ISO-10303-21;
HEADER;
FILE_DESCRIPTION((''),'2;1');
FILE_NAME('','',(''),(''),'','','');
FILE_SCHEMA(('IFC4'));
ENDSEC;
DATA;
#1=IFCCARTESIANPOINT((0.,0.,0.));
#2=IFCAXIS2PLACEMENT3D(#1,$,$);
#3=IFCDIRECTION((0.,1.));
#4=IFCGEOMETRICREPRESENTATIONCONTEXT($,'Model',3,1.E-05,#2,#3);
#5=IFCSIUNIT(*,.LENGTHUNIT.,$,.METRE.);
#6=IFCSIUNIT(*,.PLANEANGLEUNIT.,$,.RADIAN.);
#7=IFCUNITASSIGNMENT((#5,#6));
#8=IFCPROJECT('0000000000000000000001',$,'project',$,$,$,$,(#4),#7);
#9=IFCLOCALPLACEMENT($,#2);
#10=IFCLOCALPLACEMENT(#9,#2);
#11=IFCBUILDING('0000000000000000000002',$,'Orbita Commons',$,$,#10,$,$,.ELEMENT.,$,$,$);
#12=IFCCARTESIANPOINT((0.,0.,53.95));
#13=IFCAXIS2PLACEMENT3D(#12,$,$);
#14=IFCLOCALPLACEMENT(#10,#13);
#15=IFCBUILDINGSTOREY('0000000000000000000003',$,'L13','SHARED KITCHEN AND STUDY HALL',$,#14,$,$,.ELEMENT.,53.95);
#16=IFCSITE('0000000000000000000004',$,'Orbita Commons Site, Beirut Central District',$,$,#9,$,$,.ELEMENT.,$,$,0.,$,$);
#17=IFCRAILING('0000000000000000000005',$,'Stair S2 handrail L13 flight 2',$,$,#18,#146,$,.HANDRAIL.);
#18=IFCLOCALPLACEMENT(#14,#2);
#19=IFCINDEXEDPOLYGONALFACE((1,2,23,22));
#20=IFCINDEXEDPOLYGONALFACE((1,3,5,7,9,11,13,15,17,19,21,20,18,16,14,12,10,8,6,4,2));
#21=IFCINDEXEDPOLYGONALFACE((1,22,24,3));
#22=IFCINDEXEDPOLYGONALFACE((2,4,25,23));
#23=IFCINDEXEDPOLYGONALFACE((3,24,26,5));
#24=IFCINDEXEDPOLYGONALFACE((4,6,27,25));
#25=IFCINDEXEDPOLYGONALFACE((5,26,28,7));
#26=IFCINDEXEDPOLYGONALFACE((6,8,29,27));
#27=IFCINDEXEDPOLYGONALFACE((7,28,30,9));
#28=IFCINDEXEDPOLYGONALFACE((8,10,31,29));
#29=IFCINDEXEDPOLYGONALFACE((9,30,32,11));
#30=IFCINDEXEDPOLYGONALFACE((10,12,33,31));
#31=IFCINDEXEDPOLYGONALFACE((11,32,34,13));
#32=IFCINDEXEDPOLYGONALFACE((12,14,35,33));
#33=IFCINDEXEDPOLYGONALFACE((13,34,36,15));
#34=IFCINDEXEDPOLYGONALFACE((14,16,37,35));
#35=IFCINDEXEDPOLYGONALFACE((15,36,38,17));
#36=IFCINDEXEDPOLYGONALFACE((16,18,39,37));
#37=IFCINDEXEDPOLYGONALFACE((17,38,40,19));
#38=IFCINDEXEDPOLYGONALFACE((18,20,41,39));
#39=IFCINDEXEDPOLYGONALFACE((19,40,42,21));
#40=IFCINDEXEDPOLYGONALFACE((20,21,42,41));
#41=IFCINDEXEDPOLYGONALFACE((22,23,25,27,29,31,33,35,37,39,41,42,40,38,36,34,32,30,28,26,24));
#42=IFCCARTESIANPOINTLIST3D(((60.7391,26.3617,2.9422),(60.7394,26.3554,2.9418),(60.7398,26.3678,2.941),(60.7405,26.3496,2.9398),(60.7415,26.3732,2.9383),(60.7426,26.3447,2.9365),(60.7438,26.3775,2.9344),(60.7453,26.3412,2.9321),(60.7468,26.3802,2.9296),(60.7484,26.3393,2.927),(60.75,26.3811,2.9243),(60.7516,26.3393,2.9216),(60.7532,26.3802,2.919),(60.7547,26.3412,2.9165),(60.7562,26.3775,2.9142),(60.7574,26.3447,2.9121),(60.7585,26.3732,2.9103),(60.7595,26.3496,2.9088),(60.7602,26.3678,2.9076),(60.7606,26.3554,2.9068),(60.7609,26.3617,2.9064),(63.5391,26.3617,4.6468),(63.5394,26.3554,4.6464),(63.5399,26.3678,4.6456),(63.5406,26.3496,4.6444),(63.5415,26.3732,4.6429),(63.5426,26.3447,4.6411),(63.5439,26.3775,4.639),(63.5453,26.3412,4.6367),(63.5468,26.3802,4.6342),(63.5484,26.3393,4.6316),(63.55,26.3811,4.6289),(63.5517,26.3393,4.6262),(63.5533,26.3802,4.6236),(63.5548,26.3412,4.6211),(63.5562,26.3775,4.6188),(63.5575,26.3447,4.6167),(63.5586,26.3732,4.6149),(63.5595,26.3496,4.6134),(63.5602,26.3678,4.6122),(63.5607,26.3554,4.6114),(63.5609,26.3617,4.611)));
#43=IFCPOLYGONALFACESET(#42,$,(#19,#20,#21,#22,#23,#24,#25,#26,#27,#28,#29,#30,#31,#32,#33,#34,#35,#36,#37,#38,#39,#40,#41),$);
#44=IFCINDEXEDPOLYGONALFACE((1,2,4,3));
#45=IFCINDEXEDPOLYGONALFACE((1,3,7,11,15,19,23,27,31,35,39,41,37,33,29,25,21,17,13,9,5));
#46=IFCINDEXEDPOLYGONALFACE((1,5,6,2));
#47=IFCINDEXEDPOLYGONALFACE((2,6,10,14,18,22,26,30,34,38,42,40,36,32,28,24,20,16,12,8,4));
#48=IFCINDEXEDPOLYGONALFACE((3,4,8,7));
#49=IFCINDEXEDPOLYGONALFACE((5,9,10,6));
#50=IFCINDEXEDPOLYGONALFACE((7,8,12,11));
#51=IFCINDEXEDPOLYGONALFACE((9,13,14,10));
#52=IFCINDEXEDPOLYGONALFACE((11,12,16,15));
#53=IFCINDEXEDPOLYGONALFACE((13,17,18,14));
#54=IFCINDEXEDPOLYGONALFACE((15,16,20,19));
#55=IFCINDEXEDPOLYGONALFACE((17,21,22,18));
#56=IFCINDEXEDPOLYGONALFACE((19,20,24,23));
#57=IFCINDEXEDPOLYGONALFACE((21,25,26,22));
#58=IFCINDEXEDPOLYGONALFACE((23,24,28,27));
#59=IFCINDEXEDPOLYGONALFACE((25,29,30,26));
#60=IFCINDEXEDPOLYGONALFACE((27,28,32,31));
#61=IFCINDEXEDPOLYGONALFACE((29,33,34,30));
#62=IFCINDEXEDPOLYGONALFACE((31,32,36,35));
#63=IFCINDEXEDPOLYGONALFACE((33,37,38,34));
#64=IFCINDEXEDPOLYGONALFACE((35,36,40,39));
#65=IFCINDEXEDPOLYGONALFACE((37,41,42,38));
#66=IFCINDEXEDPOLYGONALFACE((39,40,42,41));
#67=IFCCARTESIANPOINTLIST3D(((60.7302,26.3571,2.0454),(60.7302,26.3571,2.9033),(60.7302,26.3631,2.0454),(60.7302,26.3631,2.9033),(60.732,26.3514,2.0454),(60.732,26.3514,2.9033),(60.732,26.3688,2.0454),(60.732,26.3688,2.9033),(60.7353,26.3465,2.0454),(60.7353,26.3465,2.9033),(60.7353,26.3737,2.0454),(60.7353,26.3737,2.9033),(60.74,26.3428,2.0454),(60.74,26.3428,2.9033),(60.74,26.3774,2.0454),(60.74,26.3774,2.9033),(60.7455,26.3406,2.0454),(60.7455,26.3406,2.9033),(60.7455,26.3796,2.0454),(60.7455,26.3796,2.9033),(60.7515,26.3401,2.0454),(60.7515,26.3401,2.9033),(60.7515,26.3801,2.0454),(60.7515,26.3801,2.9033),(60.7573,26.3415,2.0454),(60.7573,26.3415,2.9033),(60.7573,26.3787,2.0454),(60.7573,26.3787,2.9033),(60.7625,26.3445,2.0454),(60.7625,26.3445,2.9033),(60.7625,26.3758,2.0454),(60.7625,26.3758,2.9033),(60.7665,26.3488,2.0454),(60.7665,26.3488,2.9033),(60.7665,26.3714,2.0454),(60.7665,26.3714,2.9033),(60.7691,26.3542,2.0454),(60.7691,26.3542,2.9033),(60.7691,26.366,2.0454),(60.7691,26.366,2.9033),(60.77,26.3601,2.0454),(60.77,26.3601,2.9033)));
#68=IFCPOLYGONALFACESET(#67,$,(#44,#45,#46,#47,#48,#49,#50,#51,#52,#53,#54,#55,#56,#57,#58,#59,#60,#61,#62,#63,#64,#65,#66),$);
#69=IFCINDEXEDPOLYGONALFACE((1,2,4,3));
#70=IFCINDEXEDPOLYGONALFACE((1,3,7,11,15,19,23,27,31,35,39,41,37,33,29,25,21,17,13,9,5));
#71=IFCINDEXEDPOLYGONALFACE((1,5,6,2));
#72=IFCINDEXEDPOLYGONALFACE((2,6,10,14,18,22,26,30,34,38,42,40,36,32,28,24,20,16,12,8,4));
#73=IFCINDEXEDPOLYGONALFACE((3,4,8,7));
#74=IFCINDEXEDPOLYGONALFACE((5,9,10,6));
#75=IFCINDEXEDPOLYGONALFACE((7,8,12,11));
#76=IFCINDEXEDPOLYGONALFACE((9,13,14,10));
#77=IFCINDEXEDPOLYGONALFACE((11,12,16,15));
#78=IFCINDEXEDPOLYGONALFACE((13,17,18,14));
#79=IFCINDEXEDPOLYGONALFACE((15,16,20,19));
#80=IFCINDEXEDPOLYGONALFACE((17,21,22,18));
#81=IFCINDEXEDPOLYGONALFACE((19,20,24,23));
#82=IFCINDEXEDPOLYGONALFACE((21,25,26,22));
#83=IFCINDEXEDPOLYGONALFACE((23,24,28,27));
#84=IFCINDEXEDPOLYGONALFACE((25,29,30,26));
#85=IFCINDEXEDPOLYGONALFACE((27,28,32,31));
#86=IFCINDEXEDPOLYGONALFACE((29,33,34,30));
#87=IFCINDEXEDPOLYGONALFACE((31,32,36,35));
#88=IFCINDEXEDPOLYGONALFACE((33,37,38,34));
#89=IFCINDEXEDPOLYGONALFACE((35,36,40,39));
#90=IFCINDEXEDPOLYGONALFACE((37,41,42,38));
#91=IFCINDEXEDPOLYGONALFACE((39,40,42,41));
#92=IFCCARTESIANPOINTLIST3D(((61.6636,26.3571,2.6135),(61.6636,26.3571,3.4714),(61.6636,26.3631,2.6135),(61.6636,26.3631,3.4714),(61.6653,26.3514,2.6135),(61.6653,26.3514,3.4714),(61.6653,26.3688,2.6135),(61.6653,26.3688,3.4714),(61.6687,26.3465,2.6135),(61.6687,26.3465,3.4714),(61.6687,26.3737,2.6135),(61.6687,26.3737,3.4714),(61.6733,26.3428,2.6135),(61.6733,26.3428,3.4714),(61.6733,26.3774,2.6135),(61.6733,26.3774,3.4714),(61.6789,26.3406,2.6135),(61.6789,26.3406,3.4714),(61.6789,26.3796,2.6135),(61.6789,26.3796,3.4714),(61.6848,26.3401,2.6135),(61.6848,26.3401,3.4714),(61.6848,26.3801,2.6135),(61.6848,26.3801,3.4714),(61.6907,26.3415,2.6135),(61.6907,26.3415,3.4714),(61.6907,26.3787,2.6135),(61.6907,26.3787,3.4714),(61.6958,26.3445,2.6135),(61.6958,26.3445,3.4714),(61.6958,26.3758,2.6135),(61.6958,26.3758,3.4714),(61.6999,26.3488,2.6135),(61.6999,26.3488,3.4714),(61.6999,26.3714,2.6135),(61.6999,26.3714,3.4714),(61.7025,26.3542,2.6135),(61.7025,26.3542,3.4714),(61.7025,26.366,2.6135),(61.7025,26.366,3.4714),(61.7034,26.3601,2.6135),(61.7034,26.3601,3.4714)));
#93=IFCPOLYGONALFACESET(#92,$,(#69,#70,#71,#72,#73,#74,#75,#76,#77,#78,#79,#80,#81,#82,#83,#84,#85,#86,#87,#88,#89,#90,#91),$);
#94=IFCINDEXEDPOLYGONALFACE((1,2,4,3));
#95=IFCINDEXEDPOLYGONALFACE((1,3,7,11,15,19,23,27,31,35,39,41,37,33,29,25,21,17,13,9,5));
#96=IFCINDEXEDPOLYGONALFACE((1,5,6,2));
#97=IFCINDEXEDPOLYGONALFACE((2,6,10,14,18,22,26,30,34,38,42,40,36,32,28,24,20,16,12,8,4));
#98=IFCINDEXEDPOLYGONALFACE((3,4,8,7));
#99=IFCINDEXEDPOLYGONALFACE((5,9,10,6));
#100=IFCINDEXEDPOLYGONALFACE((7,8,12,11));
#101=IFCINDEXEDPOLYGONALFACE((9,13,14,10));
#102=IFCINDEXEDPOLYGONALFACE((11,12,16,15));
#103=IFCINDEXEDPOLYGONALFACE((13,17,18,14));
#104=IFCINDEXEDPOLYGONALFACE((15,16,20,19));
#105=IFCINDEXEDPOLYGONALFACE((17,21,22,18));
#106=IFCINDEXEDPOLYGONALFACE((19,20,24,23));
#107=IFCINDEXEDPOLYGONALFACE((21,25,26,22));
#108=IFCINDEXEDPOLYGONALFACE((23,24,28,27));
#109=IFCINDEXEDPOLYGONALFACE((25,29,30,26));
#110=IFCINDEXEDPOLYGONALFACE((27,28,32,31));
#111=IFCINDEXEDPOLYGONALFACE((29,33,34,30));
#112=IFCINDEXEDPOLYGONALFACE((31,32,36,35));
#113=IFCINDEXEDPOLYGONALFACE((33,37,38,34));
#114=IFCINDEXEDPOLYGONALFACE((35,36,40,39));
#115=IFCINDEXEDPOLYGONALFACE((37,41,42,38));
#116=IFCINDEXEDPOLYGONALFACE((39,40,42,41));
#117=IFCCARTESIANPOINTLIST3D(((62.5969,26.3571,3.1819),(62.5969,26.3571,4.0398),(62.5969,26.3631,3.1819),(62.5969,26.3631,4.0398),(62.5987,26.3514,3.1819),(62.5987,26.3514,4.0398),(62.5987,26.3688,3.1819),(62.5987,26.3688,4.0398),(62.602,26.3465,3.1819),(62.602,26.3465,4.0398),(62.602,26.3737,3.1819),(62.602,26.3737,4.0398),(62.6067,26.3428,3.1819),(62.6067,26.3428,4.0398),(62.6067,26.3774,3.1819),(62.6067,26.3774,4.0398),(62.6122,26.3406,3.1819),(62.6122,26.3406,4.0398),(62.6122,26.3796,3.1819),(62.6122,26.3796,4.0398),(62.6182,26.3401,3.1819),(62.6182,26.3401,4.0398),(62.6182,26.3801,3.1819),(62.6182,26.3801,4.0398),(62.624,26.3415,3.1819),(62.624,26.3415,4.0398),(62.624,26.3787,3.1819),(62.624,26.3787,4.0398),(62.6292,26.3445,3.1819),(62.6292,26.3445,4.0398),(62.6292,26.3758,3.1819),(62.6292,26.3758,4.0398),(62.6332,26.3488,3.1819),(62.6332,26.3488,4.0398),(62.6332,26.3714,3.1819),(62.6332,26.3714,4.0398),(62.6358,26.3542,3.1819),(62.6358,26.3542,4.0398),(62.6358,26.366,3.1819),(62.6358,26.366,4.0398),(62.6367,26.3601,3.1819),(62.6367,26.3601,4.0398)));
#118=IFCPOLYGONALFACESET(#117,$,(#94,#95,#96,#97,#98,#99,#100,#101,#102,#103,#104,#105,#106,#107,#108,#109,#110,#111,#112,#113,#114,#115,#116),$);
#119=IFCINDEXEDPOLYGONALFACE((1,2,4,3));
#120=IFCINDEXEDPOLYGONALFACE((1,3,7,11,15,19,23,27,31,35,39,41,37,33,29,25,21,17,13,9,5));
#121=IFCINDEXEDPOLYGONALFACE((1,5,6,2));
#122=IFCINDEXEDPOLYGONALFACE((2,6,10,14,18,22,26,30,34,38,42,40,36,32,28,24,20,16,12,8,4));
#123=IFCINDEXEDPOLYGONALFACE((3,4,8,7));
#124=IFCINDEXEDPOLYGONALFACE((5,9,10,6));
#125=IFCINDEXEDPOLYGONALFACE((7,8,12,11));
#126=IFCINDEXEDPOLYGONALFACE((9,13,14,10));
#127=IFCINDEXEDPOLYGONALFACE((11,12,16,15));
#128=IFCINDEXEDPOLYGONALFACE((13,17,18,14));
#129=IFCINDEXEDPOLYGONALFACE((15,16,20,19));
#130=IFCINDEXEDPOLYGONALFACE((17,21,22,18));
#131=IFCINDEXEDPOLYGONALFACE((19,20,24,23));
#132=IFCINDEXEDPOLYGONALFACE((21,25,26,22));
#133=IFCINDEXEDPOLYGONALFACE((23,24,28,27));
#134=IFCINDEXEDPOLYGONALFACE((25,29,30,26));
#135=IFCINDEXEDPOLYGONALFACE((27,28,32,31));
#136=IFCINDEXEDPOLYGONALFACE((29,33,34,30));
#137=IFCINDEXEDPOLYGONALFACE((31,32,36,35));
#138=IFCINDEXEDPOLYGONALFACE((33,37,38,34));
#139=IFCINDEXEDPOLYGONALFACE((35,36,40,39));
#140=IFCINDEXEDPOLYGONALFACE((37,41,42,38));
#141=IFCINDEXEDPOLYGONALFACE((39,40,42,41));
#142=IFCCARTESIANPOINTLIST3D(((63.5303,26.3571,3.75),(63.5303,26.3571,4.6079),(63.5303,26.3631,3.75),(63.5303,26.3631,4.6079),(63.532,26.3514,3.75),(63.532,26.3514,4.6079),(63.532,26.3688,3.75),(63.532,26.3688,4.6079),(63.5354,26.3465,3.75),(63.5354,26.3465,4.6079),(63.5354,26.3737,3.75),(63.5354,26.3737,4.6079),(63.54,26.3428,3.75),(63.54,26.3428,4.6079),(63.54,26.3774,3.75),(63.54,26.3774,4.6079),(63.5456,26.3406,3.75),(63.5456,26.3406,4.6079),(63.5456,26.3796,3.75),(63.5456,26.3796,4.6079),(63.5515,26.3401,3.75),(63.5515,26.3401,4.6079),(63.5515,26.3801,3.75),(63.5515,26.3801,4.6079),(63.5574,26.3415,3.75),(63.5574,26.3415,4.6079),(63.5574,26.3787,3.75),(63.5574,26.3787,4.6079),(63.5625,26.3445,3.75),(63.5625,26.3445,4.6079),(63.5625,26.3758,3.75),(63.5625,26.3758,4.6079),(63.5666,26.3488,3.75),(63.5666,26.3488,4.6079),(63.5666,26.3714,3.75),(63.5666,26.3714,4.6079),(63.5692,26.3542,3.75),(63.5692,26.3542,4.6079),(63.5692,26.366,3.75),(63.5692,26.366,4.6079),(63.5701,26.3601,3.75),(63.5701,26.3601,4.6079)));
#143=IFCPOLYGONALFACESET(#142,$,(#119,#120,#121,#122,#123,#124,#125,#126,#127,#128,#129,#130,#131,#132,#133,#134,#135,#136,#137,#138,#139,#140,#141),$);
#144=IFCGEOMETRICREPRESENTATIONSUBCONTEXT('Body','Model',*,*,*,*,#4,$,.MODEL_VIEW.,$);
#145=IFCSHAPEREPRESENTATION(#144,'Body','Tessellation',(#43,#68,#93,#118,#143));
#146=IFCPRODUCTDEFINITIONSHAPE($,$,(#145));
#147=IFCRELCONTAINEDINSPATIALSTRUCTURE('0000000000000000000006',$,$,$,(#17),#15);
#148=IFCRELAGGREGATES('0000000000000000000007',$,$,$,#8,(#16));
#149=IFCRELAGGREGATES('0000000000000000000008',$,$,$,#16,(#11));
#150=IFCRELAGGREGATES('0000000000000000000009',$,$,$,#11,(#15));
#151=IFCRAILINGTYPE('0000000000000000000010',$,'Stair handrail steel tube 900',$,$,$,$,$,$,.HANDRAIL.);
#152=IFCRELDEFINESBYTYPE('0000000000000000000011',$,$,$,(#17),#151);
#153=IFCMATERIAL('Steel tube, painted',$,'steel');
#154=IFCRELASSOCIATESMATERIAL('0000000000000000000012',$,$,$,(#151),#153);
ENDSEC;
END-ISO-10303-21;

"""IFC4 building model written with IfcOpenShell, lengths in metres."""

from ifc_helpers import new_model, si_unit, direction, frame, origin, origin_2d, place, context, subcontext, project, spatial, circle, extrude, material, type_object, element, save


model = new_model("IFC4")

# Units and contexts
model_context = context("Model", 3, precision=1e-05, world=origin(), true_north=direction((0.0, 1.0)))
body_context = subcontext(model_context, "Body", "Model", "MODEL_VIEW")
ifc_project = project(units=[si_unit("LENGTHUNIT", "METRE"), si_unit("PLANEANGLEUNIT", "RADIAN")], contexts=[model_context])

# Site, building, storey
site_placement = place(None, origin())
site = spatial("IfcSite", under=ifc_project, at=site_placement, Name="Orbita Commons Site, Beirut Central District", CompositionType="ELEMENT", RefElevation=0.0)
building_placement = place(site_placement, origin())
building = spatial("IfcBuilding", under=site, at=building_placement, Name="Orbita Commons", CompositionType="ELEMENT")
storey_placement = place(building_placement, frame((0.0, 0.0, 53.95)))
storey = spatial("IfcBuildingStorey", under=building, at=storey_placement, Name="L13", Description="SHARED KITCHEN AND STUDY HALL", CompositionType="ELEMENT", Elevation=53.95)

# Railing
ifc_material_1 = material(Name="Steel tube, painted", Category="steel")
railing_type = type_object("IfcRailingType", Name="Stair handrail steel tube 900", PredefinedType="HANDRAIL", material=ifc_material_1)
for number, where, name in (
    (1, (60.75, 26.3601, 2.0454), "Stair S2 handrail L13 flight 2"),
):
    element("IfcRailing", number, at=place(storey_placement, frame(where)), inside=storey, type_object=railing_type, Name=name, PredefinedType="HANDRAIL", context=body_context, shape_type="SweptSolid", body=[
        extrude(circle(Radius=0.021, at=origin_2d()), frame((0.0, 0.0, 0.8789), z_axis=(0.85417, 0.0, 0.519994), x_axis=(0.0, 1.0, 0.0)), (0.0, 0.0, 1.0), 3.2781),
        extrude(circle(Radius=0.02, at=origin_2d()), origin(), (0.0, 0.0, 1.0), 0.8579),
        extrude(circle(Radius=0.02, at=origin_2d()), frame((0.9333, 0.0, 0.5681)), (0.0, 0.0, 1.0), 0.8579),
        extrude(circle(Radius=0.02, at=origin_2d()), frame((1.8667, 0.0, 1.1365)), (0.0, 0.0, 1.0), 0.8579),
        extrude(circle(Radius=0.02, at=origin_2d()), frame((2.8, 0.0, 1.7046)), (0.0, 0.0, 1.0), 0.8579),
    ])

save(model, "model.ifc")
